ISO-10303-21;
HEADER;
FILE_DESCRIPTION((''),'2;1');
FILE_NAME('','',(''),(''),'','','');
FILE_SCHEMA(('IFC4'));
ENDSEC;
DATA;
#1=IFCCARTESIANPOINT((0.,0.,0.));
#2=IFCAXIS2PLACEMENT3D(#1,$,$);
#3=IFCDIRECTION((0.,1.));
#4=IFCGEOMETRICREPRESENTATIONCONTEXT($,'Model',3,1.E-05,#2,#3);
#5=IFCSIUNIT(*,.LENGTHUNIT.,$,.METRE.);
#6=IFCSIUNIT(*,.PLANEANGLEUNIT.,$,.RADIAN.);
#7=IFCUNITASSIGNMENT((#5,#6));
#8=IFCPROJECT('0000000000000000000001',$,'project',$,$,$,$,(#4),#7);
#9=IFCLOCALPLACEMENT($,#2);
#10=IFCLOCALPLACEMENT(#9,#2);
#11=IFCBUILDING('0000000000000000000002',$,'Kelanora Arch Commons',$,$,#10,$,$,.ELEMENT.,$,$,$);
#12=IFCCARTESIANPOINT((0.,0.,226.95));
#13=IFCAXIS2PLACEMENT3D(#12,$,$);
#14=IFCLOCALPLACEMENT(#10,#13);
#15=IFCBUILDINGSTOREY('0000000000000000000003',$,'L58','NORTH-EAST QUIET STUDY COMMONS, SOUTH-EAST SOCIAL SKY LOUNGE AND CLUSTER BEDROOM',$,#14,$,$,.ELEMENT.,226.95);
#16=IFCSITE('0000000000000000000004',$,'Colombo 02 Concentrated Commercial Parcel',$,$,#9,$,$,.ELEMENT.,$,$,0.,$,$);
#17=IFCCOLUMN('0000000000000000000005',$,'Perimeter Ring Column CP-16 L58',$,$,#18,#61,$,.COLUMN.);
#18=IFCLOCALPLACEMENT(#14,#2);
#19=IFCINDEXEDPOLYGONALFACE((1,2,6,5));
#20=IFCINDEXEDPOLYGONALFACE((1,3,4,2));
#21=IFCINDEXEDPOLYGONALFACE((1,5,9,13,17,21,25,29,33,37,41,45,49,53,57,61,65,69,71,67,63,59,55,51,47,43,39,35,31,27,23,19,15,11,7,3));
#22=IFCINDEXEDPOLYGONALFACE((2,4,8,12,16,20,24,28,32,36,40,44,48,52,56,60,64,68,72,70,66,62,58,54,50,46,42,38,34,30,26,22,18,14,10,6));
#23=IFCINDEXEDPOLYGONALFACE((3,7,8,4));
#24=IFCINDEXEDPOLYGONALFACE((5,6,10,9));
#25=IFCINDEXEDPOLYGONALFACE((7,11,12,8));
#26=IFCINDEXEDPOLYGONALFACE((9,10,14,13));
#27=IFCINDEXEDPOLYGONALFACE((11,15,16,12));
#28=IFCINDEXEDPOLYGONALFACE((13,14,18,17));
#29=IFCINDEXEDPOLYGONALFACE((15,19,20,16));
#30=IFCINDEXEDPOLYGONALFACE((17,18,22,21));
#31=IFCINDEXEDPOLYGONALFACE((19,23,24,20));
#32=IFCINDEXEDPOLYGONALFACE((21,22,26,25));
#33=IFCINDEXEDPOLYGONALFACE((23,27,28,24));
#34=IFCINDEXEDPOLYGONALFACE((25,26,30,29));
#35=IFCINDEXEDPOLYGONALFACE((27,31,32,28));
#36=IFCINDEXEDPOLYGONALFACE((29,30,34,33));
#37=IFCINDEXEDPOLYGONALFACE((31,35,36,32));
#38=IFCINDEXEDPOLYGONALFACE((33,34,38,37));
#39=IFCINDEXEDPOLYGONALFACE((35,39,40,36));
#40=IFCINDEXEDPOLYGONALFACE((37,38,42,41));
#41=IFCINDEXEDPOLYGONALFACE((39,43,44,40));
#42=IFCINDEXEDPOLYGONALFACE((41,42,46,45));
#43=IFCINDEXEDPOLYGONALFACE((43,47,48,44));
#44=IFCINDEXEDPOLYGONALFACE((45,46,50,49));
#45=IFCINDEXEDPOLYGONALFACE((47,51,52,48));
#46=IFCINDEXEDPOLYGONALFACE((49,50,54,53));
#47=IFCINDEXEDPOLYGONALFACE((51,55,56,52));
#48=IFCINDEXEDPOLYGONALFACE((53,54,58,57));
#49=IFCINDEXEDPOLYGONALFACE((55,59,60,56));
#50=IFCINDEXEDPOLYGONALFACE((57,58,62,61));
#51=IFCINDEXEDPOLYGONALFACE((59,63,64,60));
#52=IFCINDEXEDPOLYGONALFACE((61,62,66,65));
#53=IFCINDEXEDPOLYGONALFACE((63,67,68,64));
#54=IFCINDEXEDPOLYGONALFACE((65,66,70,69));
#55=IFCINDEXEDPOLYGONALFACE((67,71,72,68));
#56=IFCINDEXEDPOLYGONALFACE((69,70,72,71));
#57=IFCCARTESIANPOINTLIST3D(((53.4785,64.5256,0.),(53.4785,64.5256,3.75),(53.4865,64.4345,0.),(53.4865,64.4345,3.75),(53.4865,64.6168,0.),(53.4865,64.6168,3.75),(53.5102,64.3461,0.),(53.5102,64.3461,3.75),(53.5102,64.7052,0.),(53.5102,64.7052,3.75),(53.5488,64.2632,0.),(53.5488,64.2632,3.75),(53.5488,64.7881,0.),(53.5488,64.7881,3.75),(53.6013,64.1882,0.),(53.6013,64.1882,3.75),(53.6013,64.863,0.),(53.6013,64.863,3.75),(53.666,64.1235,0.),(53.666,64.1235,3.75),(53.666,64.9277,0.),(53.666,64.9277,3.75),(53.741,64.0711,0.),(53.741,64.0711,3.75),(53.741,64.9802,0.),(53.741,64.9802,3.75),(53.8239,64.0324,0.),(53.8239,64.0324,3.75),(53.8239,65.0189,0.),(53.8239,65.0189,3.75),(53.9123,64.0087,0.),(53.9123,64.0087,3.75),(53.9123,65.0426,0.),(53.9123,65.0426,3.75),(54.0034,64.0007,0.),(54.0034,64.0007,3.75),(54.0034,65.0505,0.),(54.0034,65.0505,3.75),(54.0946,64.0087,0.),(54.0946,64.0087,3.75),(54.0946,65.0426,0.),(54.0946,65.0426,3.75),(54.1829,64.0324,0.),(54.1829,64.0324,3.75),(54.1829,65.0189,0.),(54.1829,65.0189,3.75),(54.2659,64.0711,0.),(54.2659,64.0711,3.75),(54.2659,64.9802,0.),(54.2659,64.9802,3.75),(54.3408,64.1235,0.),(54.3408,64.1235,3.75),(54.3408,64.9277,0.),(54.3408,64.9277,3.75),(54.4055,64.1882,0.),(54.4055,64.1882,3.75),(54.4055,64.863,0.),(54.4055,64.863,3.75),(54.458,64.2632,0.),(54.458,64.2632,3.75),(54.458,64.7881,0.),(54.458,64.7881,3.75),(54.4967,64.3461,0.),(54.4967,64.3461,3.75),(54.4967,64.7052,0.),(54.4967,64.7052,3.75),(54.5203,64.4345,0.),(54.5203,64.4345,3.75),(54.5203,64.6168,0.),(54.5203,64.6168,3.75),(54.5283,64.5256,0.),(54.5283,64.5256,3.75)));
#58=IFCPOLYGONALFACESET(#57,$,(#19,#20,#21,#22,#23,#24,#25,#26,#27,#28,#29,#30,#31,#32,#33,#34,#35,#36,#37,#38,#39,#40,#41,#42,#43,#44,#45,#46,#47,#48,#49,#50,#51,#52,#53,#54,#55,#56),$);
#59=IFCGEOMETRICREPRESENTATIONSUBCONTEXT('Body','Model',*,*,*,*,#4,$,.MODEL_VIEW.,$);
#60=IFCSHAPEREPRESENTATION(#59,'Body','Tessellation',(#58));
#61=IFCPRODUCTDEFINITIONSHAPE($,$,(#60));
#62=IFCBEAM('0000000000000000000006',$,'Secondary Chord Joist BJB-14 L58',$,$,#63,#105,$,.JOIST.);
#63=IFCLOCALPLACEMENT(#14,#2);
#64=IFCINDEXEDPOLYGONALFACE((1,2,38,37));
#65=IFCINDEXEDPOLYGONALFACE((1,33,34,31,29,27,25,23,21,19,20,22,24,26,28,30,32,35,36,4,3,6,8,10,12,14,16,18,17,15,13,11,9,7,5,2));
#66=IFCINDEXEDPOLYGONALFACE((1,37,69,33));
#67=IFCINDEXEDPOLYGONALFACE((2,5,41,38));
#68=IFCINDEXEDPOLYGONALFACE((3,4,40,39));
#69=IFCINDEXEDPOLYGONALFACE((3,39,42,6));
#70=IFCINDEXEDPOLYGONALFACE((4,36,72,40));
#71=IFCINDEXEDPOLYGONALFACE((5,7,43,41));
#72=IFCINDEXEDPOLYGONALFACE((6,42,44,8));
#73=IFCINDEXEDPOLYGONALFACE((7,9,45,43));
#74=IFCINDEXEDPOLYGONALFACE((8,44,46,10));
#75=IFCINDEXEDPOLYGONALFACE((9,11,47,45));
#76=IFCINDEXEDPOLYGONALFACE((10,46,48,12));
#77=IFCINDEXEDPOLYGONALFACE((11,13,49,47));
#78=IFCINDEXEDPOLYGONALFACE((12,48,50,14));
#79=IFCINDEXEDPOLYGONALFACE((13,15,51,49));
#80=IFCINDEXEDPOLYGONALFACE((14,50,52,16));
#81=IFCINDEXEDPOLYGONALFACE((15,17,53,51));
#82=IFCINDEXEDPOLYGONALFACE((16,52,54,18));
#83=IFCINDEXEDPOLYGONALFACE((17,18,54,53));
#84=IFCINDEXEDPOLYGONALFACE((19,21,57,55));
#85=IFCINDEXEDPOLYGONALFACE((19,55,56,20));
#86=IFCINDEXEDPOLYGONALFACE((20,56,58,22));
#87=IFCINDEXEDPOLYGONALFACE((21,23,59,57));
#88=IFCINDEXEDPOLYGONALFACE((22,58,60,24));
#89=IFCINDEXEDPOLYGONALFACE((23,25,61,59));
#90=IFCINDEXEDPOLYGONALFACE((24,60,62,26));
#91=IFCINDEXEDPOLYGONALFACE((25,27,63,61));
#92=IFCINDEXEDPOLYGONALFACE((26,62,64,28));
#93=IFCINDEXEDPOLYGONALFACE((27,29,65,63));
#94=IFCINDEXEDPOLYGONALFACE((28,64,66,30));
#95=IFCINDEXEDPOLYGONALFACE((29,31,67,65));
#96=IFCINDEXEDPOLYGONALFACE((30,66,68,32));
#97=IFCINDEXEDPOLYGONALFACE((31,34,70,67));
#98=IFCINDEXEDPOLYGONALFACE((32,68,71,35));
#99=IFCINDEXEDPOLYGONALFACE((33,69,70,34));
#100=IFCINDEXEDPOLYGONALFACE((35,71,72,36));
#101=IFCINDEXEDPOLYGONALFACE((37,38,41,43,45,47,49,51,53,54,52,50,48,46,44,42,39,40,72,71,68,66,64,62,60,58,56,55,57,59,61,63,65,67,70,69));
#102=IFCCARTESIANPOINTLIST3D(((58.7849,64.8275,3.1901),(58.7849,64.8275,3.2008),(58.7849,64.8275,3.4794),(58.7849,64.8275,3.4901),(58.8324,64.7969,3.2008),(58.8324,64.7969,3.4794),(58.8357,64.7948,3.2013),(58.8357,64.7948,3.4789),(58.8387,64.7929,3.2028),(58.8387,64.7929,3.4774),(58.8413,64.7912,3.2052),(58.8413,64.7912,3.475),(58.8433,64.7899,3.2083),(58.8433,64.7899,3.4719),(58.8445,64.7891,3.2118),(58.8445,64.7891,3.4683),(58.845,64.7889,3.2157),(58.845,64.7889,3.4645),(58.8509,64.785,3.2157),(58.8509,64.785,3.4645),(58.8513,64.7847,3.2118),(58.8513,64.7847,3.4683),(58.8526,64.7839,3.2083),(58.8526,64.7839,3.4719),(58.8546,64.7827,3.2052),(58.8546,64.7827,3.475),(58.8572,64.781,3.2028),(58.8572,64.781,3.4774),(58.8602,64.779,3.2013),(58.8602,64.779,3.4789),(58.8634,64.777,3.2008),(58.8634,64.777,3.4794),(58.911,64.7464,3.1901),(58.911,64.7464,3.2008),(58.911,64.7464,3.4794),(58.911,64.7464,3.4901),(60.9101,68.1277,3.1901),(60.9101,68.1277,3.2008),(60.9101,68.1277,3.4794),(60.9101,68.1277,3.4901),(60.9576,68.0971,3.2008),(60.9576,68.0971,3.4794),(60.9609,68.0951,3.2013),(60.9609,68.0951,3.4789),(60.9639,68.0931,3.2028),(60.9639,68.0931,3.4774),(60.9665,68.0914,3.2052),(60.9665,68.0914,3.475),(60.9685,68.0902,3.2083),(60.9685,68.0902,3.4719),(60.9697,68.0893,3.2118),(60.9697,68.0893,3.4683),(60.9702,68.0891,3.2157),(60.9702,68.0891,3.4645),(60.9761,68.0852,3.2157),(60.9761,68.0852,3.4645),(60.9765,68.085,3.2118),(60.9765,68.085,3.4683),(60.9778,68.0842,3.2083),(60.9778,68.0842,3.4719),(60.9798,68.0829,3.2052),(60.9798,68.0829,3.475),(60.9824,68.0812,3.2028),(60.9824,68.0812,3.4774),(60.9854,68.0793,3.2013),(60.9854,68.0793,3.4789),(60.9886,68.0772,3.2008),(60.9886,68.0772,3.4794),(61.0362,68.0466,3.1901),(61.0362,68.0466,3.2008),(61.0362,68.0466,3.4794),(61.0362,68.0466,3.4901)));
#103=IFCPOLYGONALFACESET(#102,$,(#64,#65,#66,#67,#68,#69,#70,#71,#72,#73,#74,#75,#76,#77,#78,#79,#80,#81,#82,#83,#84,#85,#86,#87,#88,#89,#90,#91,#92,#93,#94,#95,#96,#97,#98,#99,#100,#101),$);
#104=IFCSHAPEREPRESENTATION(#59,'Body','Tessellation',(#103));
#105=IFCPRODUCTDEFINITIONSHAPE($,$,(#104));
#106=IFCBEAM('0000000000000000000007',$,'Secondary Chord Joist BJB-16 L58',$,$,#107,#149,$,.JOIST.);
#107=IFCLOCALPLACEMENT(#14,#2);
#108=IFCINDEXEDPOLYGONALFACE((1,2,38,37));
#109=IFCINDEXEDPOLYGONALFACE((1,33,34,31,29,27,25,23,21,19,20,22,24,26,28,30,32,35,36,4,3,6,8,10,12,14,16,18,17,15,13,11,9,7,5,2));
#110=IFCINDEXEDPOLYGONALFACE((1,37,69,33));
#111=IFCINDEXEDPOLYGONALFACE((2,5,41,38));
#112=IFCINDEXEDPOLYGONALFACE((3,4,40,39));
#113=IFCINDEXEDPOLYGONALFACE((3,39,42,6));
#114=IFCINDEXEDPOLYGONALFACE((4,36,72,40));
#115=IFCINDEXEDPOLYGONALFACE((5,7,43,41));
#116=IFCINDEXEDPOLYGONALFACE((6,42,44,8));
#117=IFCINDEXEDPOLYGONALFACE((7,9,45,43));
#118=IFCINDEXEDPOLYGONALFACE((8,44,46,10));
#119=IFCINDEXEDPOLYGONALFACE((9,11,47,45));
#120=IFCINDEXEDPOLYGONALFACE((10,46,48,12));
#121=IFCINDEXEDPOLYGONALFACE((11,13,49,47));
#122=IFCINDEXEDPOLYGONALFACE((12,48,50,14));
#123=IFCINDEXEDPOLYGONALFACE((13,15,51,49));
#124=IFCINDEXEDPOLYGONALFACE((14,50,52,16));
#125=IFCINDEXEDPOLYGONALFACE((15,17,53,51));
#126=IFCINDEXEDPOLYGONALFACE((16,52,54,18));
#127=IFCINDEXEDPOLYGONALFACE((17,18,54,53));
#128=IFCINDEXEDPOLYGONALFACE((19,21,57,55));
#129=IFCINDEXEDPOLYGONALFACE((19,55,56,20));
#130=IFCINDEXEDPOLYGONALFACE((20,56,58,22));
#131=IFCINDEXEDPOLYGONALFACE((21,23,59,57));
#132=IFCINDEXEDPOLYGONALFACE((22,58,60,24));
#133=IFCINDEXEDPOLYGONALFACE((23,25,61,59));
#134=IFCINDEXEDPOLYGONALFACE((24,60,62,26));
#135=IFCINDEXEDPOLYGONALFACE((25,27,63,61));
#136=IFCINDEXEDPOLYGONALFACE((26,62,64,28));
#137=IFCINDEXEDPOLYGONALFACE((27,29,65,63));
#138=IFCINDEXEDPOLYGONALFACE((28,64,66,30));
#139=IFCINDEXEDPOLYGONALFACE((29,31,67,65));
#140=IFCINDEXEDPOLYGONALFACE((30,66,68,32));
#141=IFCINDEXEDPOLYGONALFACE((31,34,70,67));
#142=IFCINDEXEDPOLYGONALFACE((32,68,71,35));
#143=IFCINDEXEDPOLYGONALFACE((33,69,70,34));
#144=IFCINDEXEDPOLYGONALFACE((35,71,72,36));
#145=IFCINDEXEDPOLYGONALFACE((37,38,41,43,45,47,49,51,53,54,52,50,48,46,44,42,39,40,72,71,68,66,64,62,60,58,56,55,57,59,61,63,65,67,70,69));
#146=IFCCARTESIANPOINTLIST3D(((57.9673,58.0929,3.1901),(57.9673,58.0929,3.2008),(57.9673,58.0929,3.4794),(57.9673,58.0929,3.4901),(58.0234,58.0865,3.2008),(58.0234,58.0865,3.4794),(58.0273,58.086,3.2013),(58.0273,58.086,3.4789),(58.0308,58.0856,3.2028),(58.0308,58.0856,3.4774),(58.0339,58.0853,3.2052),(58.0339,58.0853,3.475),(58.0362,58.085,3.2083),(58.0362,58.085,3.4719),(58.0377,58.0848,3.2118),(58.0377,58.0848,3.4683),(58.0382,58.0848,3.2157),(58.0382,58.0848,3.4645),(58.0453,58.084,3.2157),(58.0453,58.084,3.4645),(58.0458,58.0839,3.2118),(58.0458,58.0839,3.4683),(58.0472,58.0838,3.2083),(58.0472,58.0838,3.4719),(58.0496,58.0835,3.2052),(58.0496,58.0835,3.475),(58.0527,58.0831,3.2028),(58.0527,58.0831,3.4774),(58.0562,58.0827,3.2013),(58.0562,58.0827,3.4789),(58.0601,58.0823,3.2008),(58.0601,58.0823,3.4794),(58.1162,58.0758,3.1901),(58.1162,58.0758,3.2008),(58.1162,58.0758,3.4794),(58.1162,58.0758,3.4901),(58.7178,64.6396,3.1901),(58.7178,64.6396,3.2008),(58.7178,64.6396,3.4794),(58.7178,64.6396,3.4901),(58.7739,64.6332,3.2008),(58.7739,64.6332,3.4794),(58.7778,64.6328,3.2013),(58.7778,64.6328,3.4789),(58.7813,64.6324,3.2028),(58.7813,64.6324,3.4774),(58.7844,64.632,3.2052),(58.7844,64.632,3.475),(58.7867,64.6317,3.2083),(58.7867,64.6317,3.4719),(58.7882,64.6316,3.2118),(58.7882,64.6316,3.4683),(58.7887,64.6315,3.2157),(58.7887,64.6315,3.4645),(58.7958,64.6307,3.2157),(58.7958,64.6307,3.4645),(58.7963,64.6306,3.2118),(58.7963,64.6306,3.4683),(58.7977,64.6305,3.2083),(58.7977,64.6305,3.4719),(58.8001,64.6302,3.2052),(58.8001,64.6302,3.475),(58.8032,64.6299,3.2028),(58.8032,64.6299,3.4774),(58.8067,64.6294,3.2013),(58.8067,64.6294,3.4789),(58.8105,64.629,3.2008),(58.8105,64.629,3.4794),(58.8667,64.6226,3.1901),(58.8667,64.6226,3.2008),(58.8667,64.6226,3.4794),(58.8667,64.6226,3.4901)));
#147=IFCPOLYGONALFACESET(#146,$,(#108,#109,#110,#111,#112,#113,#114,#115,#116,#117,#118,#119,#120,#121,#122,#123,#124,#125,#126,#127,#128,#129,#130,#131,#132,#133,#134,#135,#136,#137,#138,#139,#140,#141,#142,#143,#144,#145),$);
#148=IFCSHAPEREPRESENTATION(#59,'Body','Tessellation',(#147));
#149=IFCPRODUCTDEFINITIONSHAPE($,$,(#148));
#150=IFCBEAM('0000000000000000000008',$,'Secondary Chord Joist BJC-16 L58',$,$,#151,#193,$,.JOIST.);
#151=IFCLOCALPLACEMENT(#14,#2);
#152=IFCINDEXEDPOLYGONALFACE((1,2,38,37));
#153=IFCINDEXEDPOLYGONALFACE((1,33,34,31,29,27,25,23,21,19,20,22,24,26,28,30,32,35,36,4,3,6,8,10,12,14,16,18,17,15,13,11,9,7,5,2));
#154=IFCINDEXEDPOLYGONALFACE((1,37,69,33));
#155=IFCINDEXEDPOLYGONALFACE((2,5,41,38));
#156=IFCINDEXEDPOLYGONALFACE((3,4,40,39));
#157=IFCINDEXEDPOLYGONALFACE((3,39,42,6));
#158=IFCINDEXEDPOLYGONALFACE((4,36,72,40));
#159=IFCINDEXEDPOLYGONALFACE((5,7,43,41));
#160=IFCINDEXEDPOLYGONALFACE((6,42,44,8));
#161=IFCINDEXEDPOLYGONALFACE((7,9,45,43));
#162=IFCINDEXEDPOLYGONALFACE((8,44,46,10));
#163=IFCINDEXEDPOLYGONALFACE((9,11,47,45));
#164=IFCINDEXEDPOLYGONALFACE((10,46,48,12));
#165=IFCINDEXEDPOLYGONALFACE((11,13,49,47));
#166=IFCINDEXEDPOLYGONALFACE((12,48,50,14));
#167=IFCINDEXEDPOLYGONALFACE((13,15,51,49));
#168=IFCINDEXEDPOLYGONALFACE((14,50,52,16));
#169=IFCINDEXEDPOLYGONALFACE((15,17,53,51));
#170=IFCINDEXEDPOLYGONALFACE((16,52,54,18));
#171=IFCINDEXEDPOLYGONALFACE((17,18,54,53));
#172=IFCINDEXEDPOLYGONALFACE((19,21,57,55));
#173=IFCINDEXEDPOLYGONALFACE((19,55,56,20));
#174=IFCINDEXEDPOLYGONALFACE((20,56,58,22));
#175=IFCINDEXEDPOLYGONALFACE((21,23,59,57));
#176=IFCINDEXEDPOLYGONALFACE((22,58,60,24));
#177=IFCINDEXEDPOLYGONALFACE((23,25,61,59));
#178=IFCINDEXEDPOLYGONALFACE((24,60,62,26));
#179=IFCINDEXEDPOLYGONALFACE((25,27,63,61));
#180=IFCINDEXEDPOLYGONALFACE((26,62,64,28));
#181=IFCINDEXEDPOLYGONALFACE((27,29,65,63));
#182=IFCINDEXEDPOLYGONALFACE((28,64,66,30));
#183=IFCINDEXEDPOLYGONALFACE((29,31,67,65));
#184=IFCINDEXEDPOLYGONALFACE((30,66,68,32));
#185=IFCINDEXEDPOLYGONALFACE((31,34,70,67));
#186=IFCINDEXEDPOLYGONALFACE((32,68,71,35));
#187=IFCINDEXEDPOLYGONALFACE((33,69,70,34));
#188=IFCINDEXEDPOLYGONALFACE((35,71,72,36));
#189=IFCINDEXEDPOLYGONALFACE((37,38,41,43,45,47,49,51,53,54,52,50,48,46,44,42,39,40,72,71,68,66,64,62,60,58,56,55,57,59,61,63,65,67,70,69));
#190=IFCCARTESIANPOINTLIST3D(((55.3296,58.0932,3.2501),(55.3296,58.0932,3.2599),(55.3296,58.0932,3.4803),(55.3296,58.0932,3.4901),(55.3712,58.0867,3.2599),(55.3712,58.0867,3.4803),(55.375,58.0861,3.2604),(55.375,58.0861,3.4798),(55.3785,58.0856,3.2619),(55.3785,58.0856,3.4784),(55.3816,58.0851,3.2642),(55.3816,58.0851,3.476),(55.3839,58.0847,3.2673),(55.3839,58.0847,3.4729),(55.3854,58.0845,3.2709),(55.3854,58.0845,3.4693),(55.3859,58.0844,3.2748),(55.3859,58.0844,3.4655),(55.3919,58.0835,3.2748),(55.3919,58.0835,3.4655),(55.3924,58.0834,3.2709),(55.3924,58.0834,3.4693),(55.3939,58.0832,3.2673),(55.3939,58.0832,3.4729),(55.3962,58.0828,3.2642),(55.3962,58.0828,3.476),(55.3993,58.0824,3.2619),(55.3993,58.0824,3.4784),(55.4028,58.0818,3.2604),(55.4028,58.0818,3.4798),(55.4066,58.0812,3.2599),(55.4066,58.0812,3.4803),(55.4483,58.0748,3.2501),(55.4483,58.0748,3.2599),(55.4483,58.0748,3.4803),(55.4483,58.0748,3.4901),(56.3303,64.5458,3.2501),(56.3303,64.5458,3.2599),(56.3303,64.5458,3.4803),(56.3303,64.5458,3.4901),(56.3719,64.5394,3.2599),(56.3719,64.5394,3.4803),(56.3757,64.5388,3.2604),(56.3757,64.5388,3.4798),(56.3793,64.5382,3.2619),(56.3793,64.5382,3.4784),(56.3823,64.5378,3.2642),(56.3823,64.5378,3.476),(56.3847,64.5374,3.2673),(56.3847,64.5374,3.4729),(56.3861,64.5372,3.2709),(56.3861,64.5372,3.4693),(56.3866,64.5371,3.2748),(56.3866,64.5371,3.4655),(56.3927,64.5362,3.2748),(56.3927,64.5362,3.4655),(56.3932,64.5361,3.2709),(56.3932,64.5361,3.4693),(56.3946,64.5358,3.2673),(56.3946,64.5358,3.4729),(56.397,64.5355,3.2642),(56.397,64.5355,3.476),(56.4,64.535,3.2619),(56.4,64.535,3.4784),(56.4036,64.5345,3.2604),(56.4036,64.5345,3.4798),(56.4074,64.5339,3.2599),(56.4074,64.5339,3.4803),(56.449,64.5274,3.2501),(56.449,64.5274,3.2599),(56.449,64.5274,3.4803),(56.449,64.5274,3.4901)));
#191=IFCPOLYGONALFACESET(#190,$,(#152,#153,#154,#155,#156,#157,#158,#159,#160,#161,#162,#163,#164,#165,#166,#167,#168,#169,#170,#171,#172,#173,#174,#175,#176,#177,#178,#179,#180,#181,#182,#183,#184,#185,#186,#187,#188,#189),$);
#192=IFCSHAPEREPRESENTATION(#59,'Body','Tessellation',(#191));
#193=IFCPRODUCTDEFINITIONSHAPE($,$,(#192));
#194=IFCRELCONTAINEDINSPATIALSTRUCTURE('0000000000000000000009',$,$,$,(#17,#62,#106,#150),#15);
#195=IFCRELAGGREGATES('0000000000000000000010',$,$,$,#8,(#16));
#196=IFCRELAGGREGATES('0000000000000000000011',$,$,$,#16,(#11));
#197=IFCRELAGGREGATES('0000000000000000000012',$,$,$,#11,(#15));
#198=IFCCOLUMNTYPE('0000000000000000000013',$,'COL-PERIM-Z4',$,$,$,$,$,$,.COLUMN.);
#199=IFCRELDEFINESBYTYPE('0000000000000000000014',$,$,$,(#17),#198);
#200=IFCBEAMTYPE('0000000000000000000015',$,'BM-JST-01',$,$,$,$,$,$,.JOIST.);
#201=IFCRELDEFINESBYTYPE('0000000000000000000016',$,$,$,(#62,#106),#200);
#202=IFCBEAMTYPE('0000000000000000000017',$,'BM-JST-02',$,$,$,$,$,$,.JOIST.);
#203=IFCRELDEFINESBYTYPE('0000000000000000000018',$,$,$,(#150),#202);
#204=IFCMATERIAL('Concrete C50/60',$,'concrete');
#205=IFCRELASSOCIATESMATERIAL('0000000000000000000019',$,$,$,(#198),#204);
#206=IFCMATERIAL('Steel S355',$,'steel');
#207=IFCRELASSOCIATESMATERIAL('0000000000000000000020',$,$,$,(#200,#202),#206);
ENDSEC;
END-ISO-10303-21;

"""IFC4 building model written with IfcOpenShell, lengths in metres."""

from ifc_helpers import new_model, si_unit, direction, frame, origin, origin_2d, place, context, subcontext, project, spatial, circle, i_section, extrude, material, material_profile, profile_set, type_object, element, save


model = new_model("IFC4")

# Units and contexts
model_context = context("Model", 3, precision=1e-05, world=origin(), true_north=direction((0.0, 1.0)))
body_context = subcontext(model_context, "Body", "Model", "MODEL_VIEW")
ifc_project = project(units=[si_unit("LENGTHUNIT", "METRE"), si_unit("PLANEANGLEUNIT", "RADIAN")], contexts=[model_context])

# Site, building, storey
site_placement = place(None, origin())
site = spatial("IfcSite", under=ifc_project, at=site_placement, Name="Colombo 02 Concentrated Commercial Parcel", CompositionType="ELEMENT", RefElevation=0.0)
building_placement = place(site_placement, origin())
building = spatial("IfcBuilding", under=site, at=building_placement, Name="Kelanora Arch Commons", CompositionType="ELEMENT")
storey_placement = place(building_placement, frame((0.0, 0.0, 226.95)))
storey = spatial("IfcBuildingStorey", under=building, at=storey_placement, Name="L58", Description="NORTH-EAST QUIET STUDY COMMONS, SOUTH-EAST SOCIAL SKY LOUNGE AND CLUSTER BEDROOM", CompositionType="ELEMENT", Elevation=226.95)

# Column
ifc_material_1 = material(Name="Concrete C50/60", Category="concrete")
ifc_material_profile_1 = material_profile(ifc_material_1, circle(Radius=0.5249, at=origin_2d()), Name="RCC1050")
ifc_profile_set_1 = profile_set([ifc_material_profile_1], Name="Concrete C50/60")
column_type = type_object("IfcColumnType", Name="COL-PERIM-Z4", PredefinedType="COLUMN", material=ifc_profile_set_1)
column_placement = place(storey_placement, frame((54.0034, 64.5256, 0.0), z_axis=(0.0, 0.0, 1.0), x_axis=(1.0, 0.0, 0.0)))
element("IfcColumn", 1, at=column_placement, inside=storey, type_object=column_type, Name="Perimeter Ring Column CP-16 L58", PredefinedType="COLUMN", context=body_context, shape_type="SweptSolid", body=[
    extrude(circle(Radius=0.5249, at=origin_2d()), origin(), (0.0, 0.0, 1.0), 3.75),
])

# Beams
ifc_material_2 = material(Name="Steel S355", Category="steel")
ifc_material_profile_2 = material_profile(ifc_material_2, i_section(OverallWidth=0.1499, OverallDepth=0.3, WebThickness=0.0071, FlangeThickness=0.0107, FilletRadius=0.0149, at=origin_2d()), Name="IPE300")
ifc_profile_set_2 = profile_set([ifc_material_profile_2], Name="Steel S355")
beam_type_1 = type_object("IfcBeamType", Name="BM-JST-01", PredefinedType="JOIST", material=ifc_profile_set_2)
beam_1_placement = place(storey_placement, frame((60.9731, 68.0872, 3.3401), z_axis=(-0.541411, -0.840758, 0.0), x_axis=(0.840758, -0.541411, 0.0)))
element("IfcBeam", 2, at=beam_1_placement, inside=storey, type_object=beam_type_1, Name="Secondary Chord Joist BJB-14 L58", PredefinedType="JOIST", context=body_context, shape_type="SweptSolid", body=[
    extrude(i_section(OverallWidth=0.1499, OverallDepth=0.3, WebThickness=0.0071, FlangeThickness=0.0107, FilletRadius=0.0149, at=origin_2d()), origin(), (0.0, 0.0, 1.0), 3.9253),
])
beam_2_placement = place(storey_placement, frame((58.7922, 64.6311, 3.3401), z_axis=(-0.113891, -0.993493, 0.0), x_axis=(0.993493, -0.113891, 0.0)))
element("IfcBeam", 3, at=beam_2_placement, inside=storey, type_object=beam_type_1, Name="Secondary Chord Joist BJB-16 L58", PredefinedType="JOIST", context=body_context, shape_type="SweptSolid", body=[
    extrude(i_section(OverallWidth=0.1499, OverallDepth=0.3, WebThickness=0.0071, FlangeThickness=0.0107, FilletRadius=0.0149, at=origin_2d()), origin(), (0.0, 0.0, 1.0), 6.5896),
])
ifc_material_profile_3 = material_profile(ifc_material_2, i_section(OverallWidth=0.1201, OverallDepth=0.24, WebThickness=0.0061, FlangeThickness=0.0098, FilletRadius=0.0149, at=origin_2d()), Name="IPE240")
ifc_profile_set_3 = profile_set([ifc_material_profile_3], Name="Steel S355")
beam_type_2 = type_object("IfcBeamType", Name="BM-JST-02", PredefinedType="JOIST", material=ifc_profile_set_3)
beam_3_placement = place(storey_placement, frame((56.3896, 64.5366, 3.3701), z_axis=(-0.153257, -0.988186, 0.0), x_axis=(0.988186, -0.153257, 0.0)))
element("IfcBeam", 4, at=beam_3_placement, inside=storey, type_object=beam_type_2, Name="Secondary Chord Joist BJC-16 L58", PredefinedType="JOIST", context=body_context, shape_type="SweptSolid", body=[
    extrude(i_section(OverallWidth=0.1201, OverallDepth=0.24, WebThickness=0.0061, FlangeThickness=0.0098, FilletRadius=0.0149, at=origin_2d()), origin(), (0.0, 0.0, 1.0), 6.5298),
])

save(model, "model.ifc")
